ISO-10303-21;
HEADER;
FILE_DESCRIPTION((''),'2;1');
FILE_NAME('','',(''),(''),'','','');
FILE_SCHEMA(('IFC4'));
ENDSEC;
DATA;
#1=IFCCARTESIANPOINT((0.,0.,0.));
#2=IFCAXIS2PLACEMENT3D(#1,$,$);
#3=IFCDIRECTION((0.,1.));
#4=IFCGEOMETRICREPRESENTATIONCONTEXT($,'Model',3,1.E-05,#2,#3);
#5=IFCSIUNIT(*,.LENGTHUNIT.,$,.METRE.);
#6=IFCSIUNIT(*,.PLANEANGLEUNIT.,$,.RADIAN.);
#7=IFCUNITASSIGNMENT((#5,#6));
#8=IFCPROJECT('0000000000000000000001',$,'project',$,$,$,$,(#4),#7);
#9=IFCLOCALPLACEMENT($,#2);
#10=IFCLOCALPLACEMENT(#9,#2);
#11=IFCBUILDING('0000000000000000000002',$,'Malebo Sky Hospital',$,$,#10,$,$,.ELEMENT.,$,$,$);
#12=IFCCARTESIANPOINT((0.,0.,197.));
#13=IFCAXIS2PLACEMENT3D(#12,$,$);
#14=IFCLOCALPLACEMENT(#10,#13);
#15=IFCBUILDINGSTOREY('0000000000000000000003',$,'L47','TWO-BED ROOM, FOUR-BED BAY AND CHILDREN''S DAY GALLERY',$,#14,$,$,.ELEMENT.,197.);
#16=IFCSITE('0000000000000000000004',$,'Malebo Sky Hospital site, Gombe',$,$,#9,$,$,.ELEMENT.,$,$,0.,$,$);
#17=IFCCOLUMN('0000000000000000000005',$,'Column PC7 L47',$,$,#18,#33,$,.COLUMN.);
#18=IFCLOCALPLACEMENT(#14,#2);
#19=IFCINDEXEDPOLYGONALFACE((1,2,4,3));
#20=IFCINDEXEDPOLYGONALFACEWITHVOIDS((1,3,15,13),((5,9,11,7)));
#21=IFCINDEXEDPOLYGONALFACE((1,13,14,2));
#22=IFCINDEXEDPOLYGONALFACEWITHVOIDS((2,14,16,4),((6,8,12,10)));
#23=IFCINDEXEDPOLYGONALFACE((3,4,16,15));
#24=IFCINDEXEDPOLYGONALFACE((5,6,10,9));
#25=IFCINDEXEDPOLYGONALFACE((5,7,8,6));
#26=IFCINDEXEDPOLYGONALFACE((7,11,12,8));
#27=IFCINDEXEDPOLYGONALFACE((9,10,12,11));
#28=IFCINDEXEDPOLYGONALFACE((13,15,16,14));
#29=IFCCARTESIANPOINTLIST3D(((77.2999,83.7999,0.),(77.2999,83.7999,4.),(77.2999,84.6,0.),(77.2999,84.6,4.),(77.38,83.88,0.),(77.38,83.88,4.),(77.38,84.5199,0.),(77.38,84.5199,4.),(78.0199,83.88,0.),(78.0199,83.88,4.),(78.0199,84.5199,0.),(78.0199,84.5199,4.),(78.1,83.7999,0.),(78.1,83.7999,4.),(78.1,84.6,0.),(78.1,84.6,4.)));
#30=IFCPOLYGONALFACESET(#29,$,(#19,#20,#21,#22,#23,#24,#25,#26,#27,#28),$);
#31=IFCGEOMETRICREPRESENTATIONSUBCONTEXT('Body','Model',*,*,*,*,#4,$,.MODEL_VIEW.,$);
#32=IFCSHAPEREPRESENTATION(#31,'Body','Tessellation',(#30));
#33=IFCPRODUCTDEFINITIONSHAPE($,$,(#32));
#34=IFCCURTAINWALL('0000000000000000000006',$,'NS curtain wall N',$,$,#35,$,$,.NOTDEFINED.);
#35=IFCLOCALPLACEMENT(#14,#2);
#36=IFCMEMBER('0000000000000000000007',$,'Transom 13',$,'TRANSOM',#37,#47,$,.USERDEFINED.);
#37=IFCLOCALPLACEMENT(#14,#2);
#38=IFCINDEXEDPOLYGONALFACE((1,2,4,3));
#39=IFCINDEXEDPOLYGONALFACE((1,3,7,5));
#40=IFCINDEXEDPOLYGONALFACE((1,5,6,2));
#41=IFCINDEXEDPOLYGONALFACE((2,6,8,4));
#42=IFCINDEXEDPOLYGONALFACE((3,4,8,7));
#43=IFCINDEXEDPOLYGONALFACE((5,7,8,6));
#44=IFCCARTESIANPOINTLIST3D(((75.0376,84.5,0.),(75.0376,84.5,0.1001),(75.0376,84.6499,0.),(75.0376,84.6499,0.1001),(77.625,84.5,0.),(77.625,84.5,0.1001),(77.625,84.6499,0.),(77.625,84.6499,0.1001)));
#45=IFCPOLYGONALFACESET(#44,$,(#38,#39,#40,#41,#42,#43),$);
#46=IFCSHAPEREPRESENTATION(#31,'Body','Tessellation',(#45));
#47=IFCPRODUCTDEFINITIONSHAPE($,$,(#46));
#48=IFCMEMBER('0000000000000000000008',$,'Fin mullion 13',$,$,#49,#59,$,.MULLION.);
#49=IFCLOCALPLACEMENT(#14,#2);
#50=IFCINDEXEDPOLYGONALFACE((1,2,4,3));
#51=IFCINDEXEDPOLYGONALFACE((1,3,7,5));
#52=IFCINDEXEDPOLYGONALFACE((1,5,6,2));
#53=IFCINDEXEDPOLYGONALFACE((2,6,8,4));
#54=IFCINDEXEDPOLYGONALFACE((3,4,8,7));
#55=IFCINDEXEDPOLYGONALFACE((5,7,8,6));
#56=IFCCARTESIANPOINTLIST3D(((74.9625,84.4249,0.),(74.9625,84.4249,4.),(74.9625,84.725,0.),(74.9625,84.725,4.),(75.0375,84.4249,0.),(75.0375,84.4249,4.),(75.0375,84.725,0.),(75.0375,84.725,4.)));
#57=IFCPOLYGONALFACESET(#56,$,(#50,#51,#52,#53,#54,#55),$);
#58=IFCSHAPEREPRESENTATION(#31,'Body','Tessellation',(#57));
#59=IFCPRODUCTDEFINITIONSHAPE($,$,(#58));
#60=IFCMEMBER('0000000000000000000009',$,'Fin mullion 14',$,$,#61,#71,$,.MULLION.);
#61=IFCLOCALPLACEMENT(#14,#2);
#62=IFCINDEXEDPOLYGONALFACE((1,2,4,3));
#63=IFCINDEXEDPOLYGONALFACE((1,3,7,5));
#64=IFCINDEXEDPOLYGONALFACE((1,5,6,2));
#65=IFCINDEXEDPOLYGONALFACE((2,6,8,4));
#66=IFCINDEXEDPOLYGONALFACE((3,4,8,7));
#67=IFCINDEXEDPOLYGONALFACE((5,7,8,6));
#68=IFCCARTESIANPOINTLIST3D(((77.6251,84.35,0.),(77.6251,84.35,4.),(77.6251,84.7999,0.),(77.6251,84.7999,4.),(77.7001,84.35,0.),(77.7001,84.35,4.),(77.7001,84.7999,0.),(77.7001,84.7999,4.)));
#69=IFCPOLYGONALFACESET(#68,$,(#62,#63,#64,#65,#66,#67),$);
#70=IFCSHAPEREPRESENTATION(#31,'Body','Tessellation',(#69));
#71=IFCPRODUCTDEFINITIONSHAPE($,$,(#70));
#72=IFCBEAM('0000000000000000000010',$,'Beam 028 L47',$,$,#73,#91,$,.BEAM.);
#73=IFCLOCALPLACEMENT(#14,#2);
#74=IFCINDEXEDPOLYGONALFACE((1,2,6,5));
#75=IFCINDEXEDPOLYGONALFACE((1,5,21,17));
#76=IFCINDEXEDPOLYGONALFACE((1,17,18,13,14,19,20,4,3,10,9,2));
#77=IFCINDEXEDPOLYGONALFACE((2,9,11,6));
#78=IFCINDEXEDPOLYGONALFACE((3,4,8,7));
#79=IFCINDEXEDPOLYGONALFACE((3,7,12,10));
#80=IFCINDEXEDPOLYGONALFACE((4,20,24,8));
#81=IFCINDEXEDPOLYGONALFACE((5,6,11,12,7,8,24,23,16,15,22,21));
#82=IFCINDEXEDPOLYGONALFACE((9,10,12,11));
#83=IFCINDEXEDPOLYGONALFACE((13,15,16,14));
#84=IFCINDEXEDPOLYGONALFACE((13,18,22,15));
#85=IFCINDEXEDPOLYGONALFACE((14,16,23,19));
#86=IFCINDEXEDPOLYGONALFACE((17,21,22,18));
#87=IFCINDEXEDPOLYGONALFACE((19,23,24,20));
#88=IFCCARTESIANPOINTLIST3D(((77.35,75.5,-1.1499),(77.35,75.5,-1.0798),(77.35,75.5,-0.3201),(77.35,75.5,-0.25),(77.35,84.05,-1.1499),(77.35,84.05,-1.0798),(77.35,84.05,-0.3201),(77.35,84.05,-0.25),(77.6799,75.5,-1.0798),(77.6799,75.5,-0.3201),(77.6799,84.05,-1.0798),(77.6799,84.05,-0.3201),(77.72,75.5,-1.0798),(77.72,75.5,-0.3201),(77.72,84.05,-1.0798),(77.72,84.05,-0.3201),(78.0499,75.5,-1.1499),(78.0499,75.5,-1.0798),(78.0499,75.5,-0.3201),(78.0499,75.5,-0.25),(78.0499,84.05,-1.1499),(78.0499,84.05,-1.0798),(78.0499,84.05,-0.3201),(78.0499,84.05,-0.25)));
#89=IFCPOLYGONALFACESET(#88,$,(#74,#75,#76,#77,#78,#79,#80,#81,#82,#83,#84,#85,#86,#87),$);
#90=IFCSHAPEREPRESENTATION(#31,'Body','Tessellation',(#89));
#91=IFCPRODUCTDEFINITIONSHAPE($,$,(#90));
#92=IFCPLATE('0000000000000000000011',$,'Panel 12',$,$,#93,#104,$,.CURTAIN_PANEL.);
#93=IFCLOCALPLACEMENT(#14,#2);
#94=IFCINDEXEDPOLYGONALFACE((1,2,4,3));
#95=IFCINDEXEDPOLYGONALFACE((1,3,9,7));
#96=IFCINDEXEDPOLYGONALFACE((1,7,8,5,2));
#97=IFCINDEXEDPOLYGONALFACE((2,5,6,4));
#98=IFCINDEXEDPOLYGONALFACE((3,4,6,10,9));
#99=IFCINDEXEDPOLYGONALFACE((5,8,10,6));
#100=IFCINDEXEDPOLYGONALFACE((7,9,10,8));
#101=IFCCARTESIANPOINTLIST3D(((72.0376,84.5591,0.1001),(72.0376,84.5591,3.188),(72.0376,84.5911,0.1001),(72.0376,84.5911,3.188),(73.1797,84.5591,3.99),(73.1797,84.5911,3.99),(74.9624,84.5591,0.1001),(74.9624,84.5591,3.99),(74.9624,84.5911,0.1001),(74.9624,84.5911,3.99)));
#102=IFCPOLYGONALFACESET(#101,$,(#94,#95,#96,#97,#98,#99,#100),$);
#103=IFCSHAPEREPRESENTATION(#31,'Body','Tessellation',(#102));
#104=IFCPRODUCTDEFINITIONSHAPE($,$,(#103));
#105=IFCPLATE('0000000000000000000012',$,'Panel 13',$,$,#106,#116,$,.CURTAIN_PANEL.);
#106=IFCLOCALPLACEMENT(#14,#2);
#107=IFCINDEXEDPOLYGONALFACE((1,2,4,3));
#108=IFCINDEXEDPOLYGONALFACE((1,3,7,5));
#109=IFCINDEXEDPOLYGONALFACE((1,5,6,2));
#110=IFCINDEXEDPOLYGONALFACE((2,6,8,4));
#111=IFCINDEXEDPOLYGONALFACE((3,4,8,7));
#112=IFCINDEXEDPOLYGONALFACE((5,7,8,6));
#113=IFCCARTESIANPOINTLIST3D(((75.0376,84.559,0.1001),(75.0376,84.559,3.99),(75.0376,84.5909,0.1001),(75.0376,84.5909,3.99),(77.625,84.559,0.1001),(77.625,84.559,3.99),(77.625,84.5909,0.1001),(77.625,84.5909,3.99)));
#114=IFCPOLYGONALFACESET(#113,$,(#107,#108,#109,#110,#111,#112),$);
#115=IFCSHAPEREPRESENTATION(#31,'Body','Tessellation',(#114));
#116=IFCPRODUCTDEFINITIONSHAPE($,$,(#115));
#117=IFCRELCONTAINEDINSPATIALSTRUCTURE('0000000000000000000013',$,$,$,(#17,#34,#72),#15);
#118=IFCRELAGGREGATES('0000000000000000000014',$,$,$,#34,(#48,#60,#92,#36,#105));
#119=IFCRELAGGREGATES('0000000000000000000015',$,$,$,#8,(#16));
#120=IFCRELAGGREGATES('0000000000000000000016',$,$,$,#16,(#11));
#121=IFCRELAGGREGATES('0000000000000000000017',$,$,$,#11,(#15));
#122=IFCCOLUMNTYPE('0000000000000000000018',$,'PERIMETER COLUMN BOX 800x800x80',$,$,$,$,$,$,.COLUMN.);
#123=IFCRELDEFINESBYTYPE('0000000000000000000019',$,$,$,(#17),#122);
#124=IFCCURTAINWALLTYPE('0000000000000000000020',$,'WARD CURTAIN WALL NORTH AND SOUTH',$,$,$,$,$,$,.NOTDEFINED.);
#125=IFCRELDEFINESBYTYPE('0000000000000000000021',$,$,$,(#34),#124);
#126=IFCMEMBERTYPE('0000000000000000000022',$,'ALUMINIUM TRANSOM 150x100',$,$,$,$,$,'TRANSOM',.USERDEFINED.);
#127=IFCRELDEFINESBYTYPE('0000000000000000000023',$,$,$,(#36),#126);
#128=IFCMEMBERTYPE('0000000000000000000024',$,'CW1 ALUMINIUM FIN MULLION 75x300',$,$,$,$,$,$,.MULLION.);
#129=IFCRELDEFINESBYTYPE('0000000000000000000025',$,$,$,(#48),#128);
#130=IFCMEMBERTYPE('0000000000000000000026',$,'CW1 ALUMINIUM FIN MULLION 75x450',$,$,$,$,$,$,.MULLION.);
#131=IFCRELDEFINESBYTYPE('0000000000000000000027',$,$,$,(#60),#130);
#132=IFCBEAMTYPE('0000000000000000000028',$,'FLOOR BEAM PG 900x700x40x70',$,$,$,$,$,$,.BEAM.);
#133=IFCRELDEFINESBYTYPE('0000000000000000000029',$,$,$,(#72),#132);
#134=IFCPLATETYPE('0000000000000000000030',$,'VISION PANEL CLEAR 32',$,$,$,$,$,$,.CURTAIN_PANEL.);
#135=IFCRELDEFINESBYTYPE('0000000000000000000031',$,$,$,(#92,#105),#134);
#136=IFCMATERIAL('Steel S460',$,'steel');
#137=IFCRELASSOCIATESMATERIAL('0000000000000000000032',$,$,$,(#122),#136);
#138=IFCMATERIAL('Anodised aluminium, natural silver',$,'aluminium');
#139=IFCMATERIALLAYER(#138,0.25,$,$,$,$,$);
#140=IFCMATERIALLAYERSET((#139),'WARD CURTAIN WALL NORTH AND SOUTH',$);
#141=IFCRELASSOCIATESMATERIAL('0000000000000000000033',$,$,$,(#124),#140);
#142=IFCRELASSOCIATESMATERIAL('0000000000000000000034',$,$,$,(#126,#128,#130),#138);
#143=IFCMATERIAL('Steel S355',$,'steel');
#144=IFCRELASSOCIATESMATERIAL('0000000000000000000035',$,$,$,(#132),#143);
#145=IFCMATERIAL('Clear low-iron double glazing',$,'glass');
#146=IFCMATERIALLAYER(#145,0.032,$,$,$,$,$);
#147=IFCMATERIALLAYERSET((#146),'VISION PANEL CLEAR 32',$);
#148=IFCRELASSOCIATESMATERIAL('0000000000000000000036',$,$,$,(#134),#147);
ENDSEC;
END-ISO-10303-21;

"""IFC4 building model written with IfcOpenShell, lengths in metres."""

from ifc_helpers import new_model, si_unit, direction, frame, origin, origin_2d, place, context, subcontext, project, spatial, polyline, rectangle, hollow_rectangle, i_section, outline, extrude, material, layer, layer_set, material_profile, profile_set, type_object, element, aggregate, save


model = new_model("IFC4")

# Units and contexts
model_context = context("Model", 3, precision=1e-05, world=origin(), true_north=direction((0.0, 1.0)))
body_context = subcontext(model_context, "Body", "Model", "MODEL_VIEW")
ifc_project = project(units=[si_unit("LENGTHUNIT", "METRE"), si_unit("PLANEANGLEUNIT", "RADIAN")], contexts=[model_context])

# Site, building, storey
site_placement = place(None, origin())
site = spatial("IfcSite", under=ifc_project, at=site_placement, Name="Malebo Sky Hospital site, Gombe", CompositionType="ELEMENT", RefElevation=0.0)
building_placement = place(site_placement, origin())
building = spatial("IfcBuilding", under=site, at=building_placement, Name="Malebo Sky Hospital", CompositionType="ELEMENT")
storey_placement = place(building_placement, frame((0.0, 0.0, 197.0)))
storey = spatial("IfcBuildingStorey", under=building, at=storey_placement, Name="L47", Description="TWO-BED ROOM, FOUR-BED BAY AND CHILDREN'S DAY GALLERY", CompositionType="ELEMENT", Elevation=197.0)

# Column
ifc_material_1 = material(Name="Steel S460", Category="steel")
ifc_material_profile_1 = material_profile(ifc_material_1, hollow_rectangle(XDim=0.8, YDim=0.8, WallThickness=0.0801, at=origin_2d()), Name="BOX 800x800x80")
ifc_profile_set_1 = profile_set([ifc_material_profile_1], Name="Steel S460")
column_type = type_object("IfcColumnType", Name="PERIMETER COLUMN BOX 800x800x80", PredefinedType="COLUMN", material=ifc_profile_set_1)
column_placement = place(storey_placement, frame((77.7, 84.2, 0.0), z_axis=(0.0, 0.0, 1.0), x_axis=(1.0, 0.0, 0.0)))
element("IfcColumn", 1, at=column_placement, inside=storey, type_object=column_type, Name="Column PC7 L47", PredefinedType="COLUMN", context=body_context, shape_type="SweptSolid", body=[
    extrude(hollow_rectangle(XDim=0.8, YDim=0.8, WallThickness=0.0801, at=origin_2d()), origin(), (0.0, 0.0, 1.0), 4.0),
])

# Curtain wall, members
ifc_material_2 = material(Name="Anodised aluminium, natural silver", Category="aluminium")
ifc_layer_1 = layer(ifc_material_2, 0.25)
ifc_layer_set_1 = layer_set([ifc_layer_1], Name="WARD CURTAIN WALL NORTH AND SOUTH")
curtain_wall_type = type_object("IfcCurtainWallType", Name="WARD CURTAIN WALL NORTH AND SOUTH", PredefinedType="NOTDEFINED", material=ifc_layer_set_1)
curtain_wall_placement = place(storey_placement, origin())
curtain_wall = element("IfcCurtainWall", 2, at=curtain_wall_placement, inside=storey, type_object=curtain_wall_type, Name="NS curtain wall N", PredefinedType="NOTDEFINED")
ifc_material_profile_2 = material_profile(ifc_material_2, rectangle(XDim=0.1499, YDim=0.1001, at=origin_2d()), Name="ALUMINIUM TRANSOM 150x100")
ifc_profile_set_2 = profile_set([ifc_material_profile_2], Name="Anodised aluminium, natural silver")
member_type_1 = type_object("IfcMemberType", Name="ALUMINIUM TRANSOM 150x100", ElementType="TRANSOM", PredefinedType="USERDEFINED", material=ifc_profile_set_2)
member_1_placement = place(storey_placement, frame((75.0376, 84.575, 0.05), z_axis=(1.0, 0.0, 0.0), x_axis=(0.0, 1.0, 0.0)))
member_1 = element("IfcMember", 3, at=member_1_placement, type_object=member_type_1, Name="Transom 13", ObjectType="TRANSOM", PredefinedType="USERDEFINED", context=body_context, shape_type="SweptSolid", body=[
    extrude(rectangle(XDim=0.1499, YDim=0.1001, at=origin_2d()), origin(), (0.0, 0.0, 1.0), 2.5874),
])
ifc_material_profile_3 = material_profile(ifc_material_2, rectangle(XDim=0.075, YDim=0.3, at=origin_2d()), Name="CW1 ALUMINIUM FIN MULLION 75x300")
ifc_profile_set_3 = profile_set([ifc_material_profile_3], Name="Anodised aluminium, natural silver")
member_type_2 = type_object("IfcMemberType", Name="CW1 ALUMINIUM FIN MULLION 75x300", PredefinedType="MULLION", material=ifc_profile_set_3)
member_2_placement = place(storey_placement, frame((75.0, 84.575, 0.0), z_axis=(0.0, 0.0, 1.0), x_axis=(1.0, 0.0, 0.0)))
member_2 = element("IfcMember", 4, at=member_2_placement, type_object=member_type_2, Name="Fin mullion 13", PredefinedType="MULLION", context=body_context, shape_type="SweptSolid", body=[
    extrude(rectangle(XDim=0.075, YDim=0.3, at=origin_2d()), origin(), (0.0, 0.0, 1.0), 4.0),
])
ifc_material_profile_4 = material_profile(ifc_material_2, rectangle(XDim=0.075, YDim=0.45, at=origin_2d()), Name="CW1 ALUMINIUM FIN MULLION 75x450")
ifc_profile_set_4 = profile_set([ifc_material_profile_4], Name="Anodised aluminium, natural silver")
member_type_3 = type_object("IfcMemberType", Name="CW1 ALUMINIUM FIN MULLION 75x450", PredefinedType="MULLION", material=ifc_profile_set_4)
member_3_placement = place(storey_placement, frame((77.6626, 84.575, 0.0), z_axis=(0.0, 0.0, 1.0), x_axis=(1.0, 0.0, 0.0)))
member_3 = element("IfcMember", 5, at=member_3_placement, type_object=member_type_3, Name="Fin mullion 14", PredefinedType="MULLION", context=body_context, shape_type="SweptSolid", body=[
    extrude(rectangle(XDim=0.075, YDim=0.45, at=origin_2d()), origin(), (0.0, 0.0, 1.0), 4.0),
])

# Beam
ifc_material_3 = material(Name="Steel S355", Category="steel")
ifc_material_profile_5 = material_profile(ifc_material_3, i_section(OverallWidth=0.7, OverallDepth=0.8999, WebThickness=0.04, FlangeThickness=0.0701, at=origin_2d()), Name="PG 900x700x40x70")
ifc_profile_set_5 = profile_set([ifc_material_profile_5], Name="Steel S355")
beam_type = type_object("IfcBeamType", Name="FLOOR BEAM PG 900x700x40x70", PredefinedType="BEAM", material=ifc_profile_set_5)
beam_placement = place(storey_placement, frame((77.7, 75.5, -0.7), z_axis=(0.0, 1.0, 0.0), x_axis=(-1.0, 0.0, 0.0)))
element("IfcBeam", 6, at=beam_placement, inside=storey, type_object=beam_type, Name="Beam 028 L47", PredefinedType="BEAM", context=body_context, shape_type="SweptSolid", body=[
    extrude(i_section(OverallWidth=0.7, OverallDepth=0.8999, WebThickness=0.04, FlangeThickness=0.0701, at=origin_2d()), origin(), (0.0, 0.0, 1.0), 8.55),
])

# Plates
ifc_material_4 = material(Name="Clear low-iron double glazing", Category="glass")
ifc_layer_2 = layer(ifc_material_4, 0.032)
ifc_layer_set_2 = layer_set([ifc_layer_2], Name="VISION PANEL CLEAR 32")
plate_type = type_object("IfcPlateType", Name="VISION PANEL CLEAR 32", PredefinedType="CURTAIN_PANEL", material=ifc_layer_set_2)
plate_1_placement = place(storey_placement, frame((73.5, 84.575, 0.1001), z_axis=(0.0, 0.0, 1.0), x_axis=(1.0, 0.0, 0.0)))
plate_1 = element("IfcPlate", 7, at=plate_1_placement, type_object=plate_type, Name="Panel 12", PredefinedType="CURTAIN_PANEL", context=body_context, shape_type="SweptSolid", body=[
    extrude(outline(polyline([(-1.4624, 0.0), (1.4624, 0.0), (1.4624, 3.8899), (-0.3203, 3.8899), (-1.4624, 3.0879), (-1.4624, 0.0)])), frame((0.0, 0.0161, 0.0), z_axis=(0.0, -1.0, 0.0), x_axis=(1.0, 0.0, 0.0)), (0.0, 0.0, 1.0), 0.032),
])
plate_2_placement = place(storey_placement, frame((76.3313, 84.575, 0.1001), z_axis=(0.0, 0.0, 1.0), x_axis=(1.0, 0.0, 0.0)))
plate_2 = element("IfcPlate", 8, at=plate_2_placement, type_object=plate_type, Name="Panel 13", PredefinedType="CURTAIN_PANEL", context=body_context, shape_type="SweptSolid", body=[
    extrude(rectangle(XDim=2.5874, YDim=0.032, at=origin_2d()), origin(), (0.0, 0.0, 1.0), 3.8899),
])
aggregate(curtain_wall, [member_2, member_3, plate_1, member_1, plate_2])

save(model, "model.ifc")
